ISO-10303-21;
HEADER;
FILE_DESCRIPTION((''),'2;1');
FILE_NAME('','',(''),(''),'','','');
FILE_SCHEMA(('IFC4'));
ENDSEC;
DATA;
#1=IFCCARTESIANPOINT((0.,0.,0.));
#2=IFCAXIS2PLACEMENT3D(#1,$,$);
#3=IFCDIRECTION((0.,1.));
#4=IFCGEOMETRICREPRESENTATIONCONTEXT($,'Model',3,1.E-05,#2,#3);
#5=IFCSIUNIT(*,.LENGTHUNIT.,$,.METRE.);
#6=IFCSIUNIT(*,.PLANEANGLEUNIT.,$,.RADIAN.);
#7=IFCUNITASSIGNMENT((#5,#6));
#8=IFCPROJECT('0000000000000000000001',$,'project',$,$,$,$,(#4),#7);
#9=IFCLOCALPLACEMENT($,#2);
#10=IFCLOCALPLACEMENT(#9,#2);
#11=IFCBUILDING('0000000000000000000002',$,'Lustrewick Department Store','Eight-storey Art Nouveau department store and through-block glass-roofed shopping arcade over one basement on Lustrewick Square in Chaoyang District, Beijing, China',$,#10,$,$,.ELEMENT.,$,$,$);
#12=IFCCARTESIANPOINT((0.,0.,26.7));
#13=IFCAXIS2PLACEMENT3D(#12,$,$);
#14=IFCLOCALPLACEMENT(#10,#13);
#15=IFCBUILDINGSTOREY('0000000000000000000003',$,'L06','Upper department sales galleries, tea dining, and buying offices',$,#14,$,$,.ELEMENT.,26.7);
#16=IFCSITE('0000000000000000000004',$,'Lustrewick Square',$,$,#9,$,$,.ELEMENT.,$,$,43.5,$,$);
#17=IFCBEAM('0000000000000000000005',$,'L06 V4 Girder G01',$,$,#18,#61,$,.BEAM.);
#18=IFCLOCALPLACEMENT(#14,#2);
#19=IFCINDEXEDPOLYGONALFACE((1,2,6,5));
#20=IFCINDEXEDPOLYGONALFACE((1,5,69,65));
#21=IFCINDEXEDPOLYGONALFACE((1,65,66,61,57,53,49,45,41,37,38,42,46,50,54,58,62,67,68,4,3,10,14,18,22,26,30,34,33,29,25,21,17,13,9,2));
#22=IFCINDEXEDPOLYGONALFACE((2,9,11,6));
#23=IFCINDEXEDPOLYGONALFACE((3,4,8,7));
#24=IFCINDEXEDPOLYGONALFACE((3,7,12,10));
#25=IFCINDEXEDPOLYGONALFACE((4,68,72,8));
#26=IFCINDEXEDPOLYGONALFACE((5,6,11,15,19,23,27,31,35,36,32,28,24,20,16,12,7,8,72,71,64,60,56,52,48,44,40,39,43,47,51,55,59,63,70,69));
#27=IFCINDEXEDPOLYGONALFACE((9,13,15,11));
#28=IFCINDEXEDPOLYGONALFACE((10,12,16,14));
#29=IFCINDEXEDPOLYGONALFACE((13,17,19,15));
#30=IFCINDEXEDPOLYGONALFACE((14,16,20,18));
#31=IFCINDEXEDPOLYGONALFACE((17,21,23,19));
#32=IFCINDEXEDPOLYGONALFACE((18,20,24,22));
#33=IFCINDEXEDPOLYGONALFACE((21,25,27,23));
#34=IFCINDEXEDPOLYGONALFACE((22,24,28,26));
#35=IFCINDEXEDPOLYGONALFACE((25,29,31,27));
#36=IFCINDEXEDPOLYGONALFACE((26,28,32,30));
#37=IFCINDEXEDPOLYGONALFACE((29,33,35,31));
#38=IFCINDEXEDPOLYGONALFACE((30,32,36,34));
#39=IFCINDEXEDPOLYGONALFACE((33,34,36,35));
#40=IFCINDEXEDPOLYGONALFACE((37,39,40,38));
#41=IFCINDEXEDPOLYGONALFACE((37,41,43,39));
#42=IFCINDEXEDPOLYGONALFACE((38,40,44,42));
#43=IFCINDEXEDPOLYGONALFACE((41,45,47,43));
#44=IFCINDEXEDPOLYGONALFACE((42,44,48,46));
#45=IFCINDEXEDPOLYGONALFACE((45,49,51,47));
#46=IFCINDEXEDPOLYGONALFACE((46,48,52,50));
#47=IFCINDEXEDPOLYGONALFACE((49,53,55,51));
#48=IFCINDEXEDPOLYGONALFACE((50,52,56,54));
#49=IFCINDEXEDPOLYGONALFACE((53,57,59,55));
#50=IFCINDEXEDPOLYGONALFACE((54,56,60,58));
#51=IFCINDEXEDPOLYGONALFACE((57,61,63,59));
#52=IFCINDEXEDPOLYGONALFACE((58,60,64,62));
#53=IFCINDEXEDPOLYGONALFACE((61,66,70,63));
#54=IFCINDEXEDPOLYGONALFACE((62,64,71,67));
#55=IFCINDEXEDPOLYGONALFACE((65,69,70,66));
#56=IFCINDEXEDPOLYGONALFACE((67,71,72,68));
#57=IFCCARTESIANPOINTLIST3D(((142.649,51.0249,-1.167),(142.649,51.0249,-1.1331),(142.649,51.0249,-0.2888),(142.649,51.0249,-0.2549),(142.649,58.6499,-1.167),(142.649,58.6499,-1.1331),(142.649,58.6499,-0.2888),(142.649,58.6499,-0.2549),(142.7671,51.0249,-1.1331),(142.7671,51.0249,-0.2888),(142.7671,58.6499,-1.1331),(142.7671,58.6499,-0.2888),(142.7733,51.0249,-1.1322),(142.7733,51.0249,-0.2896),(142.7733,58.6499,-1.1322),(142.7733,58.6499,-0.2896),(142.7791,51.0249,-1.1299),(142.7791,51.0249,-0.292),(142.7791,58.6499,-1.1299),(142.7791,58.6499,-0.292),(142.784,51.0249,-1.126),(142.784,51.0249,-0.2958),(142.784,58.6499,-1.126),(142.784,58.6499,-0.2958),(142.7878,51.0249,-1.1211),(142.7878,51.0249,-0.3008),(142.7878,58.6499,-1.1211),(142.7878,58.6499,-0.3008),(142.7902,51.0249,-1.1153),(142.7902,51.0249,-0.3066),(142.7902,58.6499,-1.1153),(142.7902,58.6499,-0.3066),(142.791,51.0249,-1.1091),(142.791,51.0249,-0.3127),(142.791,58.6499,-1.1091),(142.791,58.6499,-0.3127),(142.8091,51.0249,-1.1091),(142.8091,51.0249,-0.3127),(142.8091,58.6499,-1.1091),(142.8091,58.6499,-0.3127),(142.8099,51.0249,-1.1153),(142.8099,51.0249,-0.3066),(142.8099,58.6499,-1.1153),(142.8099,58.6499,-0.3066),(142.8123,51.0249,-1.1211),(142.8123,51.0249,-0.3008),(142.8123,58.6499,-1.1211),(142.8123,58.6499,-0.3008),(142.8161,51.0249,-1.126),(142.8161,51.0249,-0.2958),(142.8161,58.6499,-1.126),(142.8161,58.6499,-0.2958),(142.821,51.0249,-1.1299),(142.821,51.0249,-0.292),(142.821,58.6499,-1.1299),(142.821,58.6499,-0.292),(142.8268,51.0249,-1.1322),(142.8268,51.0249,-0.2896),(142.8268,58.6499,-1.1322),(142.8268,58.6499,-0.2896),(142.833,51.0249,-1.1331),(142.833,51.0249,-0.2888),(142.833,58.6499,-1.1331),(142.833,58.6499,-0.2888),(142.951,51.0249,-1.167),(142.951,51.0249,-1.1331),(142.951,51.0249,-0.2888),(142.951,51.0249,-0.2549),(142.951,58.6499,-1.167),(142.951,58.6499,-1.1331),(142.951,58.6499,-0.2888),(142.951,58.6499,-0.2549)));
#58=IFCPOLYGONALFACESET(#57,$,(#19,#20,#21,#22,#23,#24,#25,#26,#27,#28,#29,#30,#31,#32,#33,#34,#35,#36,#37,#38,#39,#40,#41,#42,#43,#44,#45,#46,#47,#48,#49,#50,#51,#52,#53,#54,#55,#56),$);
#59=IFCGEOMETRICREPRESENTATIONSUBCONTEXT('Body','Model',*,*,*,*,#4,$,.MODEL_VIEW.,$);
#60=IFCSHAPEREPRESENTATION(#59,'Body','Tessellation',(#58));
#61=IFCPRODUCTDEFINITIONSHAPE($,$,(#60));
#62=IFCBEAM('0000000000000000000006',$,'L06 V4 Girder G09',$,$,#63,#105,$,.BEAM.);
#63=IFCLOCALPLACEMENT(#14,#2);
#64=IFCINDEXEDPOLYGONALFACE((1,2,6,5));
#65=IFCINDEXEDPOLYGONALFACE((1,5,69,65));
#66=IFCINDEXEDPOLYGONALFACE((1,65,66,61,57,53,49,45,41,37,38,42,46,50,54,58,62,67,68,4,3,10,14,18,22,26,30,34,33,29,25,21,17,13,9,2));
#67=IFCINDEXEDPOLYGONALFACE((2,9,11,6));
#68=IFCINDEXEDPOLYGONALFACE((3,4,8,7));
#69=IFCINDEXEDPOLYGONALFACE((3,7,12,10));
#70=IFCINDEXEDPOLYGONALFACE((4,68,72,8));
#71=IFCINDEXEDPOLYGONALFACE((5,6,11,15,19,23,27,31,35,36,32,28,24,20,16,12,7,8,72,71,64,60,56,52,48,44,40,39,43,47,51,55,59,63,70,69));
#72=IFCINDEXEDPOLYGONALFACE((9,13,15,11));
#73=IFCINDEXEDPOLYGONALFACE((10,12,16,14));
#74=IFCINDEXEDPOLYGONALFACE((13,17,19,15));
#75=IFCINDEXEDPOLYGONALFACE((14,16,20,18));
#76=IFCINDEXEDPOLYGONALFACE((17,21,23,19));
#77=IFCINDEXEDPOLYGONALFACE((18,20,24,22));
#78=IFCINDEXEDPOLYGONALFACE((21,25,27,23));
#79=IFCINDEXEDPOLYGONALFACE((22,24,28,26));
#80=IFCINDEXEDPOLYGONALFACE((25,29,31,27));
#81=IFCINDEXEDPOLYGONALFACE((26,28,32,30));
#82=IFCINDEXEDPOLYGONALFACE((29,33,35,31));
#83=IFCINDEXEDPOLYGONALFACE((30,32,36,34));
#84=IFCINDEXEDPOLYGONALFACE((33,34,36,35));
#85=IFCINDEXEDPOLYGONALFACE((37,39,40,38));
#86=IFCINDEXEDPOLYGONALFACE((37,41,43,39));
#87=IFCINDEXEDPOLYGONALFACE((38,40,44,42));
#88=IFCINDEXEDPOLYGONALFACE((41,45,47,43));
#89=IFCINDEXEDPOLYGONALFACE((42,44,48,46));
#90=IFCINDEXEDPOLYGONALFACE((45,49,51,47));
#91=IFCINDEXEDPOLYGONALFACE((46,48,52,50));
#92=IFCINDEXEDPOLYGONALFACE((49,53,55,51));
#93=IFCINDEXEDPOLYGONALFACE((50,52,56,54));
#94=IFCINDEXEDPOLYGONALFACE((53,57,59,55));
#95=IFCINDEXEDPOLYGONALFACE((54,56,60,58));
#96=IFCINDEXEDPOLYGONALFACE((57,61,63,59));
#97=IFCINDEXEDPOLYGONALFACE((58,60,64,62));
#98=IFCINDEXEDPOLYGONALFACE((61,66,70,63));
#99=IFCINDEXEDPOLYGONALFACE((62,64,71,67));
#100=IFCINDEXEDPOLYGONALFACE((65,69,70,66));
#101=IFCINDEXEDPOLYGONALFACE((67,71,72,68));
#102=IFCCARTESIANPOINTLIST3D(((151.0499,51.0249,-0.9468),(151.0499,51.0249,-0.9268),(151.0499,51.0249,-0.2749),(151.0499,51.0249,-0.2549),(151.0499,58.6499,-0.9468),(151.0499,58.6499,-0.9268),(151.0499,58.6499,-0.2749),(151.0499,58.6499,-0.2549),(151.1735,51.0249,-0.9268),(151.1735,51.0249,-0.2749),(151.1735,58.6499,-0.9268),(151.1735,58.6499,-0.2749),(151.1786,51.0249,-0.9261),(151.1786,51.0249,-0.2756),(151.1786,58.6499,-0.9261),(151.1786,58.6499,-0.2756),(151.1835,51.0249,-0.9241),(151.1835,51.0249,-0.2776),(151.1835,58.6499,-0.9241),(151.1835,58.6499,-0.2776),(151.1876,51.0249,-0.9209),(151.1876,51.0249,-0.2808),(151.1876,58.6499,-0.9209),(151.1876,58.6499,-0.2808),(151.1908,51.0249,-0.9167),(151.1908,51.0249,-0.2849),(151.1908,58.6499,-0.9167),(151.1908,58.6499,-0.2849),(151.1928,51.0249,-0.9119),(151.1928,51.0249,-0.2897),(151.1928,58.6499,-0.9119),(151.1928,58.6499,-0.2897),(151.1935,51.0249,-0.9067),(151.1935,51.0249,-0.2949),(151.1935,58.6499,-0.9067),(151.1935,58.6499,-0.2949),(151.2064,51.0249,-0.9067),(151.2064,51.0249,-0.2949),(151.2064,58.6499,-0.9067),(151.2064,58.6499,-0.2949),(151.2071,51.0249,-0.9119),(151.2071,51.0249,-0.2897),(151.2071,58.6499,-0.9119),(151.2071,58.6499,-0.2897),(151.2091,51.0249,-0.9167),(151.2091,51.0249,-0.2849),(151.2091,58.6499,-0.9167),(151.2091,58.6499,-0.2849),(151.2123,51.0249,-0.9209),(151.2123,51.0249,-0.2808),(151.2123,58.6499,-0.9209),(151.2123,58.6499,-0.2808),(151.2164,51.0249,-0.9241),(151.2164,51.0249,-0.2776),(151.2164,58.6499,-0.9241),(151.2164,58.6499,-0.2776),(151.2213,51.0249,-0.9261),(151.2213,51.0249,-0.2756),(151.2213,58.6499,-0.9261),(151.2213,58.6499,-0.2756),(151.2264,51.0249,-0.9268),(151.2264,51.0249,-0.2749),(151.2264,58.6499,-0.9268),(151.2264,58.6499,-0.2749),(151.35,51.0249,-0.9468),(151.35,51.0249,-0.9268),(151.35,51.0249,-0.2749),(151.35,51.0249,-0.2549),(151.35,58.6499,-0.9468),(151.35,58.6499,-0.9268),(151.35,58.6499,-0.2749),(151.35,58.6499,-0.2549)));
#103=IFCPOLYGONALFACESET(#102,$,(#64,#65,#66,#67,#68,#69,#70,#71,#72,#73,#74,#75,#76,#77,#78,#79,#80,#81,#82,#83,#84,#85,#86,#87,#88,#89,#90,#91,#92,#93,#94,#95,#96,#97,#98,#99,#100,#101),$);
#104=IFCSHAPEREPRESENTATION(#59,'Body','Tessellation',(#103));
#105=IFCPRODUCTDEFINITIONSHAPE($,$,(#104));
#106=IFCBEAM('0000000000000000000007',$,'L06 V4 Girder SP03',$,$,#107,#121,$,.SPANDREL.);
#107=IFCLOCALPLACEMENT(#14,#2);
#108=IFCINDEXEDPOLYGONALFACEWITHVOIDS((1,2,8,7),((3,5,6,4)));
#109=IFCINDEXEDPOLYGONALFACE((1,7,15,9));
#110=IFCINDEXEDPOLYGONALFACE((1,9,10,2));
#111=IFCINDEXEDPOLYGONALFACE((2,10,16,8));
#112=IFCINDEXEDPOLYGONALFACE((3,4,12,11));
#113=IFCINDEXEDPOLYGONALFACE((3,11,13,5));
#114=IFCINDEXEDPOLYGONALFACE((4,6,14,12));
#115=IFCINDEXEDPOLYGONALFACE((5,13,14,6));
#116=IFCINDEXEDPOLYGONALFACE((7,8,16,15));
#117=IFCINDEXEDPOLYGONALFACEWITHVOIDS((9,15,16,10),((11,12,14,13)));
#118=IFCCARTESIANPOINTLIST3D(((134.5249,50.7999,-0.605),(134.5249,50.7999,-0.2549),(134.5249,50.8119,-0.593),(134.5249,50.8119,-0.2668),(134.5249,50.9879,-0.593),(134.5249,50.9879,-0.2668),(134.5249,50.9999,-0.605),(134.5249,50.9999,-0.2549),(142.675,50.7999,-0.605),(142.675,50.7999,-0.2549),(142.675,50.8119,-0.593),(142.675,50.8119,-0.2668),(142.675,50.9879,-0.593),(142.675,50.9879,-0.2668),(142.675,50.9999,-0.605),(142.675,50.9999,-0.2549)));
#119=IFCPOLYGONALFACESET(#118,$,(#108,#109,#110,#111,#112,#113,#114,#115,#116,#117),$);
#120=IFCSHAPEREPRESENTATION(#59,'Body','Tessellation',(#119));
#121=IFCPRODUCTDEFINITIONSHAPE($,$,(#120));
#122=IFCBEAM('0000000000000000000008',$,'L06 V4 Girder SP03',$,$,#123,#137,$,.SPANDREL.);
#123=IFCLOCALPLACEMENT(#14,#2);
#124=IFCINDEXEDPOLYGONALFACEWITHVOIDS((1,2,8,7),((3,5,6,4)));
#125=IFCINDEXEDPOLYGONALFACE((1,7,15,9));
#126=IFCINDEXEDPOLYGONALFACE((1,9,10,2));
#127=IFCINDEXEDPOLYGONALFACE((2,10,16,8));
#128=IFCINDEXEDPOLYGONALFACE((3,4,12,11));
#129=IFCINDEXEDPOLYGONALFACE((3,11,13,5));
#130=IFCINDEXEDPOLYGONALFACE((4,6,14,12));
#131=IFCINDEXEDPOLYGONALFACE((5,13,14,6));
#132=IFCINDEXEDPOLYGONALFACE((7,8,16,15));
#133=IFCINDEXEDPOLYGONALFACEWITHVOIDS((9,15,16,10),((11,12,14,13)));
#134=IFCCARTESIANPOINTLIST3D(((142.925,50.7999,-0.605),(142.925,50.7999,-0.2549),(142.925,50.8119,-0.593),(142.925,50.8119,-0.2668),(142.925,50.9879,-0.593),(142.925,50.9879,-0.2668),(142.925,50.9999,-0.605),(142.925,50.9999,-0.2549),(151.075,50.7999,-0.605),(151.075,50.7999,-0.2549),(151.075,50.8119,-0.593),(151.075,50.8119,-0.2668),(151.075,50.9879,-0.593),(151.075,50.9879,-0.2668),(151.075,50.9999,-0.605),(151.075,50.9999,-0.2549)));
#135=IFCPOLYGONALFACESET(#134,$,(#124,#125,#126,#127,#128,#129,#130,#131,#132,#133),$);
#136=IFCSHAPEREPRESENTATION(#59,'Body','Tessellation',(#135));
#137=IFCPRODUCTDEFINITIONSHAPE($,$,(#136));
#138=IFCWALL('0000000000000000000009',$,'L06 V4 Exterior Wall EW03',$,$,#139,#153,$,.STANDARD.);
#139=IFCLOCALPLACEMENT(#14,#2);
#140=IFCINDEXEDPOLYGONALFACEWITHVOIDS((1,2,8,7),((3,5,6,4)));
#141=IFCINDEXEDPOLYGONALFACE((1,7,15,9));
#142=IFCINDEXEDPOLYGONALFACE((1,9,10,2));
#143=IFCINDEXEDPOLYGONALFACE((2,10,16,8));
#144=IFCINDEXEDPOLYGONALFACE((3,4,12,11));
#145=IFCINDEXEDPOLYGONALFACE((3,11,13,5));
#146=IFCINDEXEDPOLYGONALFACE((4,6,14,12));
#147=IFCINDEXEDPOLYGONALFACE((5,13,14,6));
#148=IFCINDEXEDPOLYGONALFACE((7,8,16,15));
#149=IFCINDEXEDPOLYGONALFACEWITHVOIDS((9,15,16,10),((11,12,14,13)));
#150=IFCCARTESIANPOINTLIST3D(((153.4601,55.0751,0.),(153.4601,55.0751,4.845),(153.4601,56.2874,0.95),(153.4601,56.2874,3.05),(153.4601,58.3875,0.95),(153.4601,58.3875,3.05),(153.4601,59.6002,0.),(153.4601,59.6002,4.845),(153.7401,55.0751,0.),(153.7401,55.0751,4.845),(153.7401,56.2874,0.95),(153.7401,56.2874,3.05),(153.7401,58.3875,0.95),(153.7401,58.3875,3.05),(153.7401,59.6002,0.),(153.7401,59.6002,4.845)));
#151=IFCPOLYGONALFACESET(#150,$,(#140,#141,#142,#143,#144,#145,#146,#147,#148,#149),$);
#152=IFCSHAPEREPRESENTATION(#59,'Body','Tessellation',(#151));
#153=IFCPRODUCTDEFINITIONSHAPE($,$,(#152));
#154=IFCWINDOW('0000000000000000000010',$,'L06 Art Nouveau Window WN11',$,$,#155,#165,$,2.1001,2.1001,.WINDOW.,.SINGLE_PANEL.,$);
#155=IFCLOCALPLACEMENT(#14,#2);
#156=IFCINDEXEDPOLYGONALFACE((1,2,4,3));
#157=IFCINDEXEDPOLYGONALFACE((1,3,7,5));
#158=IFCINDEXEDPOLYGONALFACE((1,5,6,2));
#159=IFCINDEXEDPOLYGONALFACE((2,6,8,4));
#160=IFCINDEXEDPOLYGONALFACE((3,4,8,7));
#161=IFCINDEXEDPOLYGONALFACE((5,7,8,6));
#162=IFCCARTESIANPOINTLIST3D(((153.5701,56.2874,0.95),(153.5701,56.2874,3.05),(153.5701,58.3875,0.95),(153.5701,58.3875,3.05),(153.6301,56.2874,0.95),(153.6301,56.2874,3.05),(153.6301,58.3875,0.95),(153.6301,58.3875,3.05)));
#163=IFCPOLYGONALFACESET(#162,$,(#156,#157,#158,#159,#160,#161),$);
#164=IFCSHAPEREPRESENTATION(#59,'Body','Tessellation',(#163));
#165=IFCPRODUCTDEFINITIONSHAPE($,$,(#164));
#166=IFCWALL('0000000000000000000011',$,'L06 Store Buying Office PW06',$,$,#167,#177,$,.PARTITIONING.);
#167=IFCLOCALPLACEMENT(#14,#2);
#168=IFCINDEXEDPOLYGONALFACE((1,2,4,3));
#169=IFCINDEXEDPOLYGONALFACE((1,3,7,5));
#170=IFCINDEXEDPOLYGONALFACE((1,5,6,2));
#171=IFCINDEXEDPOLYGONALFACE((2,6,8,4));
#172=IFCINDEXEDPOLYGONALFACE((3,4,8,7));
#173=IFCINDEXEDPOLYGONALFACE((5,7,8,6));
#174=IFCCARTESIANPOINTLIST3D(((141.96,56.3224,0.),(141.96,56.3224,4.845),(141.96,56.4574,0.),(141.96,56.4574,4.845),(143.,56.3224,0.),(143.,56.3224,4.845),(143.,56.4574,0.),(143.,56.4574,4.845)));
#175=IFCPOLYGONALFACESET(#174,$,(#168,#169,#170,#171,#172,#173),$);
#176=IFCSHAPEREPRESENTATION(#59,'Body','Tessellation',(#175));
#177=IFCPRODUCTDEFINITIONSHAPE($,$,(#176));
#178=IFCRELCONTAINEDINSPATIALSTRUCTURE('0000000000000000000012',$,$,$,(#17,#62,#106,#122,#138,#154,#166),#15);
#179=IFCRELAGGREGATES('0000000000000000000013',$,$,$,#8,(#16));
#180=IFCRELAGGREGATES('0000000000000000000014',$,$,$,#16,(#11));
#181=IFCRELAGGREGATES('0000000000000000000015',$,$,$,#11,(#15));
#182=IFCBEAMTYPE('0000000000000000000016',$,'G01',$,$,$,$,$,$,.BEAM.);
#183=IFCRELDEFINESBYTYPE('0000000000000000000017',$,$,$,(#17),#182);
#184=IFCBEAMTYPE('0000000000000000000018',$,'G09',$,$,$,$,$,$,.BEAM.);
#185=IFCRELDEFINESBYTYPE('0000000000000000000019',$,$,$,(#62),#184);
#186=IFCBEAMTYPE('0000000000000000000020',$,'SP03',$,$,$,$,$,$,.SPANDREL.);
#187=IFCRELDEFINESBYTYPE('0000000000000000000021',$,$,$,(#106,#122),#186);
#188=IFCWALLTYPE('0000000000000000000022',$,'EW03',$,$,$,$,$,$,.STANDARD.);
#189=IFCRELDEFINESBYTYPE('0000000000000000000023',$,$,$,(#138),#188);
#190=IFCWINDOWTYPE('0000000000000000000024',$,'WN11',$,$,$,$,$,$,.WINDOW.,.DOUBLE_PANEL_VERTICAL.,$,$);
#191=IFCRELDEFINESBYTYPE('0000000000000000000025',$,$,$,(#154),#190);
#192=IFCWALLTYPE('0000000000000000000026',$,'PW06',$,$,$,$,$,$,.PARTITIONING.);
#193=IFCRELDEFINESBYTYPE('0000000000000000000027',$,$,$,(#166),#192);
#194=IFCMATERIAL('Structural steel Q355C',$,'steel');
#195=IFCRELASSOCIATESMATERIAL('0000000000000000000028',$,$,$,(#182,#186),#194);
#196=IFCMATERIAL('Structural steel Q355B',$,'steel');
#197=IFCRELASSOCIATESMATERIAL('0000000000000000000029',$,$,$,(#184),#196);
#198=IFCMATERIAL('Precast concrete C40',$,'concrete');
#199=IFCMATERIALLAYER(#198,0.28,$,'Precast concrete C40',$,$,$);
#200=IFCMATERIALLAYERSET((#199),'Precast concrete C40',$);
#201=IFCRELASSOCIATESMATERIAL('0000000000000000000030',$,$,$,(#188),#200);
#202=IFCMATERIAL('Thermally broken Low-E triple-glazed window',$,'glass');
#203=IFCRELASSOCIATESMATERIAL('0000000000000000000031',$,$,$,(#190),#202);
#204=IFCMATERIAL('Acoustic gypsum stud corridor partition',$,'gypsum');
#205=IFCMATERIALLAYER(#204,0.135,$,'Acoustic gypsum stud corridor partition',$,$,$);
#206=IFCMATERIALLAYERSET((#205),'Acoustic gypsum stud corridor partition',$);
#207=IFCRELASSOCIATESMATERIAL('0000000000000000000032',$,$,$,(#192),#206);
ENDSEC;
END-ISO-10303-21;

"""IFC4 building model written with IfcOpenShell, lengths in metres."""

from ifc_helpers import new_model, si_unit, direction, frame, frame_2d, origin, origin_2d, place, context, subcontext, project, spatial, rectangle, hollow_rectangle, i_section, extrude, material, layer, layer_set, material_profile, profile_set, type_object, element, fill, save


model = new_model("IFC4")

# Units and contexts
model_context = context("Model", 3, precision=1e-05, world=origin(), true_north=direction((0.0, 1.0)))
body_context = subcontext(model_context, "Body", "Model", "MODEL_VIEW")
ifc_project = project(units=[si_unit("LENGTHUNIT", "METRE"), si_unit("PLANEANGLEUNIT", "RADIAN")], contexts=[model_context])

# Site, building, storey
site_placement = place(None, origin())
site = spatial("IfcSite", under=ifc_project, at=site_placement, Name="Lustrewick Square", CompositionType="ELEMENT", RefElevation=43.5)
building_placement = place(site_placement, origin())
building = spatial("IfcBuilding", under=site, at=building_placement, Name="Lustrewick Department Store", Description="Eight-storey Art Nouveau department store and through-block glass-roofed shopping arcade over one basement on Lustrewick Square in Chaoyang District, Beijing, China", CompositionType="ELEMENT")
storey_placement = place(building_placement, frame((0.0, 0.0, 26.7)))
storey = spatial("IfcBuildingStorey", under=building, at=storey_placement, Name="L06", Description="Upper department sales galleries, tea dining, and buying offices", CompositionType="ELEMENT", Elevation=26.7)

# Shared definitions
ifc_material_1 = material(Name="Structural steel Q355B", Category="steel")

# Beams
ifc_material_2 = material(Name="Structural steel Q355C", Category="steel")
ifc_material_profile_1 = material_profile(ifc_material_2, i_section(OverallWidth=0.302, OverallDepth=0.9121, WebThickness=0.0181, FlangeThickness=0.0339, FilletRadius=0.0239, at=origin_2d()), Name="HN 912x302x18x34")
ifc_profile_set_1 = profile_set([ifc_material_profile_1], Name="Structural steel Q355C")
beam_type_1 = type_object("IfcBeamType", Name="G01", PredefinedType="BEAM", material=ifc_profile_set_1)
beam_1_placement = place(storey_placement, frame((142.8, 51.0249, -0.7109), z_axis=(0.0, 1.0, 0.0), x_axis=(-1.0, 0.0, 0.0)))
element("IfcBeam", 1, at=beam_1_placement, inside=storey, type_object=beam_type_1, Name="L06 V4 Girder G01", PredefinedType="BEAM", context=body_context, shape_type="SweptSolid", body=[
    extrude(i_section(OverallWidth=0.302, OverallDepth=0.9121, WebThickness=0.0181, FlangeThickness=0.0339, FilletRadius=0.0239, at=origin_2d()), origin(), (0.0, 0.0, 1.0), 7.625),
])
ifc_material_profile_2 = material_profile(ifc_material_1, i_section(OverallWidth=0.3, OverallDepth=0.6919, WebThickness=0.0129, FlangeThickness=0.02, FilletRadius=0.02, at=origin_2d()), Name="HN 692x300x13x20")
ifc_profile_set_2 = profile_set([ifc_material_profile_2], Name="Structural steel Q355B")
beam_type_2 = type_object("IfcBeamType", Name="G09", PredefinedType="BEAM", material=ifc_profile_set_2)
beam_2_placement = place(storey_placement, frame((151.2, 51.0249, -0.6008), z_axis=(0.0, 1.0, 0.0), x_axis=(-1.0, 0.0, 0.0)))
element("IfcBeam", 2, at=beam_2_placement, inside=storey, type_object=beam_type_2, Name="L06 V4 Girder G09", PredefinedType="BEAM", context=body_context, shape_type="SweptSolid", body=[
    extrude(i_section(OverallWidth=0.3, OverallDepth=0.6919, WebThickness=0.0129, FlangeThickness=0.02, FilletRadius=0.02, at=origin_2d()), origin(), (0.0, 0.0, 1.0), 7.625),
])
ifc_material_profile_3 = material_profile(ifc_material_2, hollow_rectangle(XDim=0.2, YDim=0.3501, WallThickness=0.012, at=origin_2d()), Name="RHS 350x200x12")
ifc_profile_set_3 = profile_set([ifc_material_profile_3], Name="Structural steel Q355C")
beam_type_3 = type_object("IfcBeamType", Name="SP03", PredefinedType="SPANDREL", material=ifc_profile_set_3)
beam_3_placement = place(storey_placement, frame((134.5249, 50.8999, -0.4299), z_axis=(1.0, 0.0, 0.0), x_axis=(0.0, 1.0, 0.0)))
element("IfcBeam", 3, at=beam_3_placement, inside=storey, type_object=beam_type_3, Name="L06 V4 Girder SP03", PredefinedType="SPANDREL", context=body_context, shape_type="SweptSolid", body=[
    extrude(hollow_rectangle(XDim=0.2, YDim=0.3501, WallThickness=0.012, at=origin_2d()), origin(), (0.0, 0.0, 1.0), 8.1501),
])
beam_4_placement = place(storey_placement, frame((142.925, 50.8999, -0.4299), z_axis=(1.0, 0.0, 0.0), x_axis=(0.0, 1.0, 0.0)))
element("IfcBeam", 4, at=beam_4_placement, inside=storey, type_object=beam_type_3, Name="L06 V4 Girder SP03", PredefinedType="SPANDREL", context=body_context, shape_type="SweptSolid", body=[
    extrude(hollow_rectangle(XDim=0.2, YDim=0.3501, WallThickness=0.012, at=origin_2d()), origin(), (0.0, 0.0, 1.0), 8.1499),
])

# Wall, opening, window
ifc_material_3 = material(Name="Precast concrete C40", Category="concrete")
ifc_layer_1 = layer(ifc_material_3, 0.28, Name="Precast concrete C40")
ifc_layer_set_1 = layer_set([ifc_layer_1], Name="Precast concrete C40")
wall_type_1 = type_object("IfcWallType", Name="EW03", PredefinedType="STANDARD", material=ifc_layer_set_1)
wall_1_placement = place(storey_placement, frame((153.6001, 55.075, 0.0), z_axis=(0.0, 0.0, 1.0), x_axis=(0.0, 1.0, 0.0)))
wall_1 = element("IfcWall", 5, at=wall_1_placement, inside=storey, type_object=wall_type_1, Name="L06 V4 Exterior Wall EW03", PredefinedType="STANDARD", context=body_context, shape_type="SweptSolid", body=[
    extrude(rectangle(XDim=4.5251, YDim=0.28, at=frame_2d((2.2627, 0.0))), origin(), (0.0, 0.0, 1.0), 4.845),
])
opening_1_placement = place(wall_1_placement, frame((1.2124, 0.0, 0.95)))
opening_1 = element("IfcOpeningElement", 6, at=opening_1_placement, cuts=wall_1, PredefinedType="OPENING", context=body_context, shape_type="SweptSolid", body=[
    extrude(rectangle(XDim=2.1001, YDim=2.1001, at=frame_2d((1.05, 1.05))), frame((0.0, 0.1499, 0.0), z_axis=(0.0, -1.0, 0.0), x_axis=(1.0, 0.0, 0.0)), (0.0, 0.0, 1.0), 0.3),
])
ifc_material_4 = material(Name="Thermally broken Low-E triple-glazed window", Category="glass")
window_type = type_object("IfcWindowType", Name="WN11", PartitioningType="DOUBLE_PANEL_VERTICAL", PredefinedType="WINDOW", material=ifc_material_4)
window_placement = place(opening_1_placement, origin())
window = element("IfcWindow", 7, at=window_placement, inside=storey, type_object=window_type, Name="L06 Art Nouveau Window WN11", OverallHeight=2.1001, OverallWidth=2.1001, PartitioningType="SINGLE_PANEL", PredefinedType="WINDOW", context=body_context, shape_type="SweptSolid", body=[
    extrude(rectangle(XDim=2.1001, YDim=2.1001, at=frame_2d((1.05, 1.05))), frame((0.0, 0.03, 0.0), z_axis=(0.0, -1.0, 0.0), x_axis=(1.0, 0.0, 0.0)), (0.0, 0.0, 1.0), 0.0601),
])
fill(opening_1, window)

# Wall
ifc_material_5 = material(Name="Acoustic gypsum stud corridor partition", Category="gypsum")
ifc_layer_2 = layer(ifc_material_5, 0.135, Name="Acoustic gypsum stud corridor partition")
ifc_layer_set_2 = layer_set([ifc_layer_2], Name="Acoustic gypsum stud corridor partition")
wall_type_2 = type_object("IfcWallType", Name="PW06", PredefinedType="PARTITIONING", material=ifc_layer_set_2)
wall_2_placement = place(storey_placement, frame((143.0, 56.3899, 0.0), z_axis=(0.0, 0.0, 1.0), x_axis=(-1.0, 0.0, 0.0)))
element("IfcWall", 8, at=wall_2_placement, inside=storey, type_object=wall_type_2, Name="L06 Store Buying Office PW06", PredefinedType="PARTITIONING", context=body_context, shape_type="SweptSolid", body=[
    extrude(rectangle(XDim=1.04, YDim=0.135, at=frame_2d((0.52, 0.0))), origin(), (0.0, 0.0, 1.0), 4.845),
])

save(model, "model.ifc")
